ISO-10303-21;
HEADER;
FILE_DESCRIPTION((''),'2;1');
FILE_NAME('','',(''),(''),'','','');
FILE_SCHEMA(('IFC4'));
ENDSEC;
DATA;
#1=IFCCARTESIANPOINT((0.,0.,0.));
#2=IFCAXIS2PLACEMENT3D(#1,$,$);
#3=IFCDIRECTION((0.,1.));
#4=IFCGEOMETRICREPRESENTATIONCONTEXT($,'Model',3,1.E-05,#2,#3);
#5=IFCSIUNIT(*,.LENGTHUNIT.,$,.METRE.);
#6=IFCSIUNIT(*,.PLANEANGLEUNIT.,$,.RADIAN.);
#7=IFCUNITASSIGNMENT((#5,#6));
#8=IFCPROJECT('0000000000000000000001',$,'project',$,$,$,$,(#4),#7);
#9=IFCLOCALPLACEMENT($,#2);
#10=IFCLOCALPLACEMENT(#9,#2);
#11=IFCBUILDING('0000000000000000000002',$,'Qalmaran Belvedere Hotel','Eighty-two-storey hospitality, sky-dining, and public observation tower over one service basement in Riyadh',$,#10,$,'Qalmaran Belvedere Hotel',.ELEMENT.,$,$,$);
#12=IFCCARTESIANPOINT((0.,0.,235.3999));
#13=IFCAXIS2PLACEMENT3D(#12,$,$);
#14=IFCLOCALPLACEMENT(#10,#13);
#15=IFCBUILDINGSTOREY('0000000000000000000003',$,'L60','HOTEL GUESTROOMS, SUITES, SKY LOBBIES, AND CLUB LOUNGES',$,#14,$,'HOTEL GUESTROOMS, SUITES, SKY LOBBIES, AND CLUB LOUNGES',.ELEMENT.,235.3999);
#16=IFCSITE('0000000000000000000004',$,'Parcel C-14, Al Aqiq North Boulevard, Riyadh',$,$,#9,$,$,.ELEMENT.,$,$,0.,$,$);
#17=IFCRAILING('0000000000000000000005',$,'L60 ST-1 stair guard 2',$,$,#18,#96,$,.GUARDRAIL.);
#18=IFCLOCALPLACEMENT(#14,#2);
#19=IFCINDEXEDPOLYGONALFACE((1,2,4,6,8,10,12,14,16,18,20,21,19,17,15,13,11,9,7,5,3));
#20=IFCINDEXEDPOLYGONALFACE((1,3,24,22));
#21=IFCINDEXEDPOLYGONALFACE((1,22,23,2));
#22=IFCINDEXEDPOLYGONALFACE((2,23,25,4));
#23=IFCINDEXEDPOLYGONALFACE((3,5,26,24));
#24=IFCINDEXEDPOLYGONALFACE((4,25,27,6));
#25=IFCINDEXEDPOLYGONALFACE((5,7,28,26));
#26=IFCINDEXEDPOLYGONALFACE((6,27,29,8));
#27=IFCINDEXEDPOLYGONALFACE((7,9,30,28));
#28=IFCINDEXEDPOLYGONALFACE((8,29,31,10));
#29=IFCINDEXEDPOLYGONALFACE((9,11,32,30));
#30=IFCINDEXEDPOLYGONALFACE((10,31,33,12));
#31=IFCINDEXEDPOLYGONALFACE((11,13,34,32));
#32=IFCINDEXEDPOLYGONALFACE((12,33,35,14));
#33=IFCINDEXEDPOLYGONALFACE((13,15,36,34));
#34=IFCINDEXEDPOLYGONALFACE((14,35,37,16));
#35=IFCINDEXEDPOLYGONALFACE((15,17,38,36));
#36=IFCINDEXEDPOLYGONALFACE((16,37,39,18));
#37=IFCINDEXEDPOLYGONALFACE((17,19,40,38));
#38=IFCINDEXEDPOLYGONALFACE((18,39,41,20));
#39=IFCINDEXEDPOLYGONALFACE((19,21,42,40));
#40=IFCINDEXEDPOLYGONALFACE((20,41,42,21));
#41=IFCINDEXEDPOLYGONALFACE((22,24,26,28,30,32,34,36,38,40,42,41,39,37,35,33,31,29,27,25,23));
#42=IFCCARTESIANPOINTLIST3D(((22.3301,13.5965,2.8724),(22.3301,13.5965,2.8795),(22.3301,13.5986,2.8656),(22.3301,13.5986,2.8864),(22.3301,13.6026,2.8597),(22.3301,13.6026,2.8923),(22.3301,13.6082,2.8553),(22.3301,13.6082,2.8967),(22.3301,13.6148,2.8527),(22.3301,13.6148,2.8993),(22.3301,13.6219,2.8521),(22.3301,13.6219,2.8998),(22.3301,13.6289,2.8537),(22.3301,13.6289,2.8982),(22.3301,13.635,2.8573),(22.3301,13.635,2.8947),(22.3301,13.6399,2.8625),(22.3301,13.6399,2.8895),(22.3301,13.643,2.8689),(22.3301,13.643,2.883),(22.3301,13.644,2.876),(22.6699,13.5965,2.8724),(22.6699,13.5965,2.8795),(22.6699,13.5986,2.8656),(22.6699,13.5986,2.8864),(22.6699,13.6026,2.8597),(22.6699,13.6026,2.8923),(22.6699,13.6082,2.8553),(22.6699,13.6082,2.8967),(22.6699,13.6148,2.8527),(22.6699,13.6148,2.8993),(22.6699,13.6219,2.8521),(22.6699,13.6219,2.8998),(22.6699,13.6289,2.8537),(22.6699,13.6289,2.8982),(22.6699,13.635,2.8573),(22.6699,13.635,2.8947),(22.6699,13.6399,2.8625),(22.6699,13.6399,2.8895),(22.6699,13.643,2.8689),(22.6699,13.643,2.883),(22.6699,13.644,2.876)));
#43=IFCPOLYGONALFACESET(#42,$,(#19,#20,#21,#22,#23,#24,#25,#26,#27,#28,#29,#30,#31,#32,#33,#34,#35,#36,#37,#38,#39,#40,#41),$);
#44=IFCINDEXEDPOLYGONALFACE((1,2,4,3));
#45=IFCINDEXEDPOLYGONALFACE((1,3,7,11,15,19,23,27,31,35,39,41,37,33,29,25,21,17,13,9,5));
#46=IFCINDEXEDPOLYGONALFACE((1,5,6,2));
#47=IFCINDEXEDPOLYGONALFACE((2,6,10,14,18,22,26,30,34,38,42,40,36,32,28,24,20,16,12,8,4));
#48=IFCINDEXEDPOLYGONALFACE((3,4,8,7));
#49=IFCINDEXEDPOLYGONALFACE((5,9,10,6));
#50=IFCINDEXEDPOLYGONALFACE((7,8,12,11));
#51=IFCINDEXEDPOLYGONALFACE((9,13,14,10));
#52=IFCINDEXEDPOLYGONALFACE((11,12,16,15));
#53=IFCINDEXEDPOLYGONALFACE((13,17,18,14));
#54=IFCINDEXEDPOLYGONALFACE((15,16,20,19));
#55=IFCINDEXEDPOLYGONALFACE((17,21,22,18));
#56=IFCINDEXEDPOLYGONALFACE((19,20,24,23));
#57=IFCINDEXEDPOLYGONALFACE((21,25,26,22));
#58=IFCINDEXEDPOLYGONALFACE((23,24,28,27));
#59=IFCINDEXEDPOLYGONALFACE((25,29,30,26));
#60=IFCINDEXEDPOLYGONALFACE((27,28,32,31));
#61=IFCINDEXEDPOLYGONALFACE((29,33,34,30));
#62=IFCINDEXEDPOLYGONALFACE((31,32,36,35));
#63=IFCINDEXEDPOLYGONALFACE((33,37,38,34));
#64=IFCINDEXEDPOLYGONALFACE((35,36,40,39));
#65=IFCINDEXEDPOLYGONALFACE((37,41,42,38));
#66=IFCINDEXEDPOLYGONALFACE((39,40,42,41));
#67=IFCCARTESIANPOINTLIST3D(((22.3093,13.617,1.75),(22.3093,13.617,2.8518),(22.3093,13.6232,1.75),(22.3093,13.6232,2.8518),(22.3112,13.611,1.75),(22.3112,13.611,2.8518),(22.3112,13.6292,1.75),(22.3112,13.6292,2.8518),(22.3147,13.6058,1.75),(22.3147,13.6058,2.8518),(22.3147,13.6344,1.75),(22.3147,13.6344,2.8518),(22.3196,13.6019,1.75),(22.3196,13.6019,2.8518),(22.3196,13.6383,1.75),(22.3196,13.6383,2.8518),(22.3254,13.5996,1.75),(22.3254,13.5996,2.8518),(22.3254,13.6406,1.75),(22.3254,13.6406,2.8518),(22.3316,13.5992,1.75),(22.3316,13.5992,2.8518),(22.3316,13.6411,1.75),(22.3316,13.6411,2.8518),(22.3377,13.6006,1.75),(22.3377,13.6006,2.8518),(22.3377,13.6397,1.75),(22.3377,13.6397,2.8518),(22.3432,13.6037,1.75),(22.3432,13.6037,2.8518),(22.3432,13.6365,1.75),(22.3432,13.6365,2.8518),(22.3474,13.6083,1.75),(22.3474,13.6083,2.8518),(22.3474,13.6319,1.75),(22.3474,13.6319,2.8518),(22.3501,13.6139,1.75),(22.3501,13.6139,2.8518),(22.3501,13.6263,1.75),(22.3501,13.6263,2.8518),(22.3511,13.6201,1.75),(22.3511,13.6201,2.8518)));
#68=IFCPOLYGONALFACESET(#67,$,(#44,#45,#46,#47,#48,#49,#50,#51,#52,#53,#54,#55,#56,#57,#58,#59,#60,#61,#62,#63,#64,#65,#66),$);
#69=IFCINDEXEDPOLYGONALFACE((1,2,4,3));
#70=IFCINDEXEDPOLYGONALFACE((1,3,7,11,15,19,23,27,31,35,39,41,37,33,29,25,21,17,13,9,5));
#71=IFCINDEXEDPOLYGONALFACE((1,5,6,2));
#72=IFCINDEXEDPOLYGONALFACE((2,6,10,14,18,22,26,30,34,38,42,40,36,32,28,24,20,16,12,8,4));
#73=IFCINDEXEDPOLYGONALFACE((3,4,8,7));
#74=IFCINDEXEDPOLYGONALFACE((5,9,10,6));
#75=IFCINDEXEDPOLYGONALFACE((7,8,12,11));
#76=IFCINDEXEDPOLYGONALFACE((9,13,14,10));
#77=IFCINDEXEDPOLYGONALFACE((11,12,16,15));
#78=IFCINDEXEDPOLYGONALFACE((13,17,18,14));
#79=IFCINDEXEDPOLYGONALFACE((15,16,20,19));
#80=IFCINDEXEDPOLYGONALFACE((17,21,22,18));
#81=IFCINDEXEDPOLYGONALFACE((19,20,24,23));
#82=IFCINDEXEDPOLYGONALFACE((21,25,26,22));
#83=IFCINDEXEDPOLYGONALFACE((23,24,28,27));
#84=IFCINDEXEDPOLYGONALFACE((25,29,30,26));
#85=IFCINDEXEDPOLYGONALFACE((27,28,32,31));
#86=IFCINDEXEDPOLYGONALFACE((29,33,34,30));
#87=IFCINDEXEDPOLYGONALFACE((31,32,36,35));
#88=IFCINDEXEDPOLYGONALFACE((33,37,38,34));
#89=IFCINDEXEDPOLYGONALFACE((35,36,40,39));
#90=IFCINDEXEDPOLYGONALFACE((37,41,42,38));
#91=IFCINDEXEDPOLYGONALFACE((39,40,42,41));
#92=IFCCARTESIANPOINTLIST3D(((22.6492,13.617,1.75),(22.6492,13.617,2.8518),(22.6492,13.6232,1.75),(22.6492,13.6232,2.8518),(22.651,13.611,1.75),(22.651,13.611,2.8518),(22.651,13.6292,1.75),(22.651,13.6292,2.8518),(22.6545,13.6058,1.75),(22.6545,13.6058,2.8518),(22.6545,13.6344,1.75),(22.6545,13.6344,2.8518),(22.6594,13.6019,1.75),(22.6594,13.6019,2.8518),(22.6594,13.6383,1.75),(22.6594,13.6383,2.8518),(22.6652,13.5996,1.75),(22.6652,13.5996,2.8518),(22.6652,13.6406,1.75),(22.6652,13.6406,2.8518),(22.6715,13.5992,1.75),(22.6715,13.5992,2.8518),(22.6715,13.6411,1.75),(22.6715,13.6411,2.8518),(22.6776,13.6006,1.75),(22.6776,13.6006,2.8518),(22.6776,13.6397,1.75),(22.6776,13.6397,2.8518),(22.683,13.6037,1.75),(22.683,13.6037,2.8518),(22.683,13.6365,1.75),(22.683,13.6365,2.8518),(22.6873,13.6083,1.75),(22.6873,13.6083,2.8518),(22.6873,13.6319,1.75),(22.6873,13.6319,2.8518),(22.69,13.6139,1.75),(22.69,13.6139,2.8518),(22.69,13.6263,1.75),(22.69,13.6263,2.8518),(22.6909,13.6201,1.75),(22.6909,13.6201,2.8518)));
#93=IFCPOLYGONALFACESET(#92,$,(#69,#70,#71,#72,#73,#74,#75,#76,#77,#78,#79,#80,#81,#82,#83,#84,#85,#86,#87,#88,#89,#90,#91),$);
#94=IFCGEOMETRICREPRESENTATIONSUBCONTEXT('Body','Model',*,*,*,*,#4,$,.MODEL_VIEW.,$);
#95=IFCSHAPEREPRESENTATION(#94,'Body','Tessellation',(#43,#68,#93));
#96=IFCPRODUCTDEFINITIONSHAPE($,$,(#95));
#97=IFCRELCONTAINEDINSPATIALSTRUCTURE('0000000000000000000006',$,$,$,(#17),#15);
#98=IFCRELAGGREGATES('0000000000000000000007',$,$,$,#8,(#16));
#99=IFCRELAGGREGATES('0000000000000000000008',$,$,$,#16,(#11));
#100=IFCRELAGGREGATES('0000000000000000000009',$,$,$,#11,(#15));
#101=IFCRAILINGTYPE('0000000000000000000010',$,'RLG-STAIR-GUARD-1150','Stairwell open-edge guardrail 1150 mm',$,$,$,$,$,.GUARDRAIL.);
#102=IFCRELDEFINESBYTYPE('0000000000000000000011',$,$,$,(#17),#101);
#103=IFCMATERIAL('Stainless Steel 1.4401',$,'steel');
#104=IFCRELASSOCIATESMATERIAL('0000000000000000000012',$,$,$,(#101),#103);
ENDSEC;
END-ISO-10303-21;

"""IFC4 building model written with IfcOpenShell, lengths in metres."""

from ifc_helpers import new_model, si_unit, direction, frame, origin, origin_2d, place, context, subcontext, project, spatial, circle, extrude, material, type_object, element, save


model = new_model("IFC4")

# Units and contexts
model_context = context("Model", 3, precision=1e-05, world=origin(), true_north=direction((0.0, 1.0)))
body_context = subcontext(model_context, "Body", "Model", "MODEL_VIEW")
ifc_project = project(units=[si_unit("LENGTHUNIT", "METRE"), si_unit("PLANEANGLEUNIT", "RADIAN")], contexts=[model_context])

# Site, building, storey
site_placement = place(None, origin())
site = spatial("IfcSite", under=ifc_project, at=site_placement, Name="Parcel C-14, Al Aqiq North Boulevard, Riyadh", CompositionType="ELEMENT", RefElevation=0.0)
building_placement = place(site_placement, origin())
building = spatial("IfcBuilding", under=site, at=building_placement, Name="Qalmaran Belvedere Hotel", Description="Eighty-two-storey hospitality, sky-dining, and public observation tower over one service basement in Riyadh", LongName="Qalmaran Belvedere Hotel", CompositionType="ELEMENT")
storey_placement = place(building_placement, frame((0.0, 0.0, 235.3999)))
storey = spatial("IfcBuildingStorey", under=building, at=storey_placement, Name="L60", Description="HOTEL GUESTROOMS, SUITES, SKY LOBBIES, AND CLUB LOUNGES", LongName="HOTEL GUESTROOMS, SUITES, SKY LOBBIES, AND CLUB LOUNGES", CompositionType="ELEMENT", Elevation=235.3999)

# Shared definitions
ifc_material_1 = material(Name="Stainless Steel 1.4401", Category="steel")

# Railing
railing_type_1 = type_object("IfcRailingType", Name="RLG-STAIR-GUARD-1150", Description="Stairwell open-edge guardrail 1150 mm", PredefinedType="GUARDRAIL", material=ifc_material_1)
railing_1_placement = place(storey_placement, frame((22.3301, 13.6201, 1.75)))
element("IfcRailing", 1, at=railing_1_placement, inside=storey, type_object=railing_type_1, Name="L60 ST-1 stair guard 2", PredefinedType="GUARDRAIL", context=body_context, shape_type="SweptSolid", body=[
    extrude(circle(Radius=0.0239, at=origin_2d()), frame((0.0, 0.0, 1.126), z_axis=(1.0, 0.0, 0.0), x_axis=(0.0, 1.0, 0.0)), (0.0, 0.0, 1.0), 0.3398),
    extrude(circle(Radius=0.021, at=origin_2d()), origin(), (0.0, 0.0, 1.0), 1.1018),
    extrude(circle(Radius=0.021, at=origin_2d()), frame((0.3398, 0.0, 0.0)), (0.0, 0.0, 1.0), 1.1018),
])

save(model, "model.ifc")
